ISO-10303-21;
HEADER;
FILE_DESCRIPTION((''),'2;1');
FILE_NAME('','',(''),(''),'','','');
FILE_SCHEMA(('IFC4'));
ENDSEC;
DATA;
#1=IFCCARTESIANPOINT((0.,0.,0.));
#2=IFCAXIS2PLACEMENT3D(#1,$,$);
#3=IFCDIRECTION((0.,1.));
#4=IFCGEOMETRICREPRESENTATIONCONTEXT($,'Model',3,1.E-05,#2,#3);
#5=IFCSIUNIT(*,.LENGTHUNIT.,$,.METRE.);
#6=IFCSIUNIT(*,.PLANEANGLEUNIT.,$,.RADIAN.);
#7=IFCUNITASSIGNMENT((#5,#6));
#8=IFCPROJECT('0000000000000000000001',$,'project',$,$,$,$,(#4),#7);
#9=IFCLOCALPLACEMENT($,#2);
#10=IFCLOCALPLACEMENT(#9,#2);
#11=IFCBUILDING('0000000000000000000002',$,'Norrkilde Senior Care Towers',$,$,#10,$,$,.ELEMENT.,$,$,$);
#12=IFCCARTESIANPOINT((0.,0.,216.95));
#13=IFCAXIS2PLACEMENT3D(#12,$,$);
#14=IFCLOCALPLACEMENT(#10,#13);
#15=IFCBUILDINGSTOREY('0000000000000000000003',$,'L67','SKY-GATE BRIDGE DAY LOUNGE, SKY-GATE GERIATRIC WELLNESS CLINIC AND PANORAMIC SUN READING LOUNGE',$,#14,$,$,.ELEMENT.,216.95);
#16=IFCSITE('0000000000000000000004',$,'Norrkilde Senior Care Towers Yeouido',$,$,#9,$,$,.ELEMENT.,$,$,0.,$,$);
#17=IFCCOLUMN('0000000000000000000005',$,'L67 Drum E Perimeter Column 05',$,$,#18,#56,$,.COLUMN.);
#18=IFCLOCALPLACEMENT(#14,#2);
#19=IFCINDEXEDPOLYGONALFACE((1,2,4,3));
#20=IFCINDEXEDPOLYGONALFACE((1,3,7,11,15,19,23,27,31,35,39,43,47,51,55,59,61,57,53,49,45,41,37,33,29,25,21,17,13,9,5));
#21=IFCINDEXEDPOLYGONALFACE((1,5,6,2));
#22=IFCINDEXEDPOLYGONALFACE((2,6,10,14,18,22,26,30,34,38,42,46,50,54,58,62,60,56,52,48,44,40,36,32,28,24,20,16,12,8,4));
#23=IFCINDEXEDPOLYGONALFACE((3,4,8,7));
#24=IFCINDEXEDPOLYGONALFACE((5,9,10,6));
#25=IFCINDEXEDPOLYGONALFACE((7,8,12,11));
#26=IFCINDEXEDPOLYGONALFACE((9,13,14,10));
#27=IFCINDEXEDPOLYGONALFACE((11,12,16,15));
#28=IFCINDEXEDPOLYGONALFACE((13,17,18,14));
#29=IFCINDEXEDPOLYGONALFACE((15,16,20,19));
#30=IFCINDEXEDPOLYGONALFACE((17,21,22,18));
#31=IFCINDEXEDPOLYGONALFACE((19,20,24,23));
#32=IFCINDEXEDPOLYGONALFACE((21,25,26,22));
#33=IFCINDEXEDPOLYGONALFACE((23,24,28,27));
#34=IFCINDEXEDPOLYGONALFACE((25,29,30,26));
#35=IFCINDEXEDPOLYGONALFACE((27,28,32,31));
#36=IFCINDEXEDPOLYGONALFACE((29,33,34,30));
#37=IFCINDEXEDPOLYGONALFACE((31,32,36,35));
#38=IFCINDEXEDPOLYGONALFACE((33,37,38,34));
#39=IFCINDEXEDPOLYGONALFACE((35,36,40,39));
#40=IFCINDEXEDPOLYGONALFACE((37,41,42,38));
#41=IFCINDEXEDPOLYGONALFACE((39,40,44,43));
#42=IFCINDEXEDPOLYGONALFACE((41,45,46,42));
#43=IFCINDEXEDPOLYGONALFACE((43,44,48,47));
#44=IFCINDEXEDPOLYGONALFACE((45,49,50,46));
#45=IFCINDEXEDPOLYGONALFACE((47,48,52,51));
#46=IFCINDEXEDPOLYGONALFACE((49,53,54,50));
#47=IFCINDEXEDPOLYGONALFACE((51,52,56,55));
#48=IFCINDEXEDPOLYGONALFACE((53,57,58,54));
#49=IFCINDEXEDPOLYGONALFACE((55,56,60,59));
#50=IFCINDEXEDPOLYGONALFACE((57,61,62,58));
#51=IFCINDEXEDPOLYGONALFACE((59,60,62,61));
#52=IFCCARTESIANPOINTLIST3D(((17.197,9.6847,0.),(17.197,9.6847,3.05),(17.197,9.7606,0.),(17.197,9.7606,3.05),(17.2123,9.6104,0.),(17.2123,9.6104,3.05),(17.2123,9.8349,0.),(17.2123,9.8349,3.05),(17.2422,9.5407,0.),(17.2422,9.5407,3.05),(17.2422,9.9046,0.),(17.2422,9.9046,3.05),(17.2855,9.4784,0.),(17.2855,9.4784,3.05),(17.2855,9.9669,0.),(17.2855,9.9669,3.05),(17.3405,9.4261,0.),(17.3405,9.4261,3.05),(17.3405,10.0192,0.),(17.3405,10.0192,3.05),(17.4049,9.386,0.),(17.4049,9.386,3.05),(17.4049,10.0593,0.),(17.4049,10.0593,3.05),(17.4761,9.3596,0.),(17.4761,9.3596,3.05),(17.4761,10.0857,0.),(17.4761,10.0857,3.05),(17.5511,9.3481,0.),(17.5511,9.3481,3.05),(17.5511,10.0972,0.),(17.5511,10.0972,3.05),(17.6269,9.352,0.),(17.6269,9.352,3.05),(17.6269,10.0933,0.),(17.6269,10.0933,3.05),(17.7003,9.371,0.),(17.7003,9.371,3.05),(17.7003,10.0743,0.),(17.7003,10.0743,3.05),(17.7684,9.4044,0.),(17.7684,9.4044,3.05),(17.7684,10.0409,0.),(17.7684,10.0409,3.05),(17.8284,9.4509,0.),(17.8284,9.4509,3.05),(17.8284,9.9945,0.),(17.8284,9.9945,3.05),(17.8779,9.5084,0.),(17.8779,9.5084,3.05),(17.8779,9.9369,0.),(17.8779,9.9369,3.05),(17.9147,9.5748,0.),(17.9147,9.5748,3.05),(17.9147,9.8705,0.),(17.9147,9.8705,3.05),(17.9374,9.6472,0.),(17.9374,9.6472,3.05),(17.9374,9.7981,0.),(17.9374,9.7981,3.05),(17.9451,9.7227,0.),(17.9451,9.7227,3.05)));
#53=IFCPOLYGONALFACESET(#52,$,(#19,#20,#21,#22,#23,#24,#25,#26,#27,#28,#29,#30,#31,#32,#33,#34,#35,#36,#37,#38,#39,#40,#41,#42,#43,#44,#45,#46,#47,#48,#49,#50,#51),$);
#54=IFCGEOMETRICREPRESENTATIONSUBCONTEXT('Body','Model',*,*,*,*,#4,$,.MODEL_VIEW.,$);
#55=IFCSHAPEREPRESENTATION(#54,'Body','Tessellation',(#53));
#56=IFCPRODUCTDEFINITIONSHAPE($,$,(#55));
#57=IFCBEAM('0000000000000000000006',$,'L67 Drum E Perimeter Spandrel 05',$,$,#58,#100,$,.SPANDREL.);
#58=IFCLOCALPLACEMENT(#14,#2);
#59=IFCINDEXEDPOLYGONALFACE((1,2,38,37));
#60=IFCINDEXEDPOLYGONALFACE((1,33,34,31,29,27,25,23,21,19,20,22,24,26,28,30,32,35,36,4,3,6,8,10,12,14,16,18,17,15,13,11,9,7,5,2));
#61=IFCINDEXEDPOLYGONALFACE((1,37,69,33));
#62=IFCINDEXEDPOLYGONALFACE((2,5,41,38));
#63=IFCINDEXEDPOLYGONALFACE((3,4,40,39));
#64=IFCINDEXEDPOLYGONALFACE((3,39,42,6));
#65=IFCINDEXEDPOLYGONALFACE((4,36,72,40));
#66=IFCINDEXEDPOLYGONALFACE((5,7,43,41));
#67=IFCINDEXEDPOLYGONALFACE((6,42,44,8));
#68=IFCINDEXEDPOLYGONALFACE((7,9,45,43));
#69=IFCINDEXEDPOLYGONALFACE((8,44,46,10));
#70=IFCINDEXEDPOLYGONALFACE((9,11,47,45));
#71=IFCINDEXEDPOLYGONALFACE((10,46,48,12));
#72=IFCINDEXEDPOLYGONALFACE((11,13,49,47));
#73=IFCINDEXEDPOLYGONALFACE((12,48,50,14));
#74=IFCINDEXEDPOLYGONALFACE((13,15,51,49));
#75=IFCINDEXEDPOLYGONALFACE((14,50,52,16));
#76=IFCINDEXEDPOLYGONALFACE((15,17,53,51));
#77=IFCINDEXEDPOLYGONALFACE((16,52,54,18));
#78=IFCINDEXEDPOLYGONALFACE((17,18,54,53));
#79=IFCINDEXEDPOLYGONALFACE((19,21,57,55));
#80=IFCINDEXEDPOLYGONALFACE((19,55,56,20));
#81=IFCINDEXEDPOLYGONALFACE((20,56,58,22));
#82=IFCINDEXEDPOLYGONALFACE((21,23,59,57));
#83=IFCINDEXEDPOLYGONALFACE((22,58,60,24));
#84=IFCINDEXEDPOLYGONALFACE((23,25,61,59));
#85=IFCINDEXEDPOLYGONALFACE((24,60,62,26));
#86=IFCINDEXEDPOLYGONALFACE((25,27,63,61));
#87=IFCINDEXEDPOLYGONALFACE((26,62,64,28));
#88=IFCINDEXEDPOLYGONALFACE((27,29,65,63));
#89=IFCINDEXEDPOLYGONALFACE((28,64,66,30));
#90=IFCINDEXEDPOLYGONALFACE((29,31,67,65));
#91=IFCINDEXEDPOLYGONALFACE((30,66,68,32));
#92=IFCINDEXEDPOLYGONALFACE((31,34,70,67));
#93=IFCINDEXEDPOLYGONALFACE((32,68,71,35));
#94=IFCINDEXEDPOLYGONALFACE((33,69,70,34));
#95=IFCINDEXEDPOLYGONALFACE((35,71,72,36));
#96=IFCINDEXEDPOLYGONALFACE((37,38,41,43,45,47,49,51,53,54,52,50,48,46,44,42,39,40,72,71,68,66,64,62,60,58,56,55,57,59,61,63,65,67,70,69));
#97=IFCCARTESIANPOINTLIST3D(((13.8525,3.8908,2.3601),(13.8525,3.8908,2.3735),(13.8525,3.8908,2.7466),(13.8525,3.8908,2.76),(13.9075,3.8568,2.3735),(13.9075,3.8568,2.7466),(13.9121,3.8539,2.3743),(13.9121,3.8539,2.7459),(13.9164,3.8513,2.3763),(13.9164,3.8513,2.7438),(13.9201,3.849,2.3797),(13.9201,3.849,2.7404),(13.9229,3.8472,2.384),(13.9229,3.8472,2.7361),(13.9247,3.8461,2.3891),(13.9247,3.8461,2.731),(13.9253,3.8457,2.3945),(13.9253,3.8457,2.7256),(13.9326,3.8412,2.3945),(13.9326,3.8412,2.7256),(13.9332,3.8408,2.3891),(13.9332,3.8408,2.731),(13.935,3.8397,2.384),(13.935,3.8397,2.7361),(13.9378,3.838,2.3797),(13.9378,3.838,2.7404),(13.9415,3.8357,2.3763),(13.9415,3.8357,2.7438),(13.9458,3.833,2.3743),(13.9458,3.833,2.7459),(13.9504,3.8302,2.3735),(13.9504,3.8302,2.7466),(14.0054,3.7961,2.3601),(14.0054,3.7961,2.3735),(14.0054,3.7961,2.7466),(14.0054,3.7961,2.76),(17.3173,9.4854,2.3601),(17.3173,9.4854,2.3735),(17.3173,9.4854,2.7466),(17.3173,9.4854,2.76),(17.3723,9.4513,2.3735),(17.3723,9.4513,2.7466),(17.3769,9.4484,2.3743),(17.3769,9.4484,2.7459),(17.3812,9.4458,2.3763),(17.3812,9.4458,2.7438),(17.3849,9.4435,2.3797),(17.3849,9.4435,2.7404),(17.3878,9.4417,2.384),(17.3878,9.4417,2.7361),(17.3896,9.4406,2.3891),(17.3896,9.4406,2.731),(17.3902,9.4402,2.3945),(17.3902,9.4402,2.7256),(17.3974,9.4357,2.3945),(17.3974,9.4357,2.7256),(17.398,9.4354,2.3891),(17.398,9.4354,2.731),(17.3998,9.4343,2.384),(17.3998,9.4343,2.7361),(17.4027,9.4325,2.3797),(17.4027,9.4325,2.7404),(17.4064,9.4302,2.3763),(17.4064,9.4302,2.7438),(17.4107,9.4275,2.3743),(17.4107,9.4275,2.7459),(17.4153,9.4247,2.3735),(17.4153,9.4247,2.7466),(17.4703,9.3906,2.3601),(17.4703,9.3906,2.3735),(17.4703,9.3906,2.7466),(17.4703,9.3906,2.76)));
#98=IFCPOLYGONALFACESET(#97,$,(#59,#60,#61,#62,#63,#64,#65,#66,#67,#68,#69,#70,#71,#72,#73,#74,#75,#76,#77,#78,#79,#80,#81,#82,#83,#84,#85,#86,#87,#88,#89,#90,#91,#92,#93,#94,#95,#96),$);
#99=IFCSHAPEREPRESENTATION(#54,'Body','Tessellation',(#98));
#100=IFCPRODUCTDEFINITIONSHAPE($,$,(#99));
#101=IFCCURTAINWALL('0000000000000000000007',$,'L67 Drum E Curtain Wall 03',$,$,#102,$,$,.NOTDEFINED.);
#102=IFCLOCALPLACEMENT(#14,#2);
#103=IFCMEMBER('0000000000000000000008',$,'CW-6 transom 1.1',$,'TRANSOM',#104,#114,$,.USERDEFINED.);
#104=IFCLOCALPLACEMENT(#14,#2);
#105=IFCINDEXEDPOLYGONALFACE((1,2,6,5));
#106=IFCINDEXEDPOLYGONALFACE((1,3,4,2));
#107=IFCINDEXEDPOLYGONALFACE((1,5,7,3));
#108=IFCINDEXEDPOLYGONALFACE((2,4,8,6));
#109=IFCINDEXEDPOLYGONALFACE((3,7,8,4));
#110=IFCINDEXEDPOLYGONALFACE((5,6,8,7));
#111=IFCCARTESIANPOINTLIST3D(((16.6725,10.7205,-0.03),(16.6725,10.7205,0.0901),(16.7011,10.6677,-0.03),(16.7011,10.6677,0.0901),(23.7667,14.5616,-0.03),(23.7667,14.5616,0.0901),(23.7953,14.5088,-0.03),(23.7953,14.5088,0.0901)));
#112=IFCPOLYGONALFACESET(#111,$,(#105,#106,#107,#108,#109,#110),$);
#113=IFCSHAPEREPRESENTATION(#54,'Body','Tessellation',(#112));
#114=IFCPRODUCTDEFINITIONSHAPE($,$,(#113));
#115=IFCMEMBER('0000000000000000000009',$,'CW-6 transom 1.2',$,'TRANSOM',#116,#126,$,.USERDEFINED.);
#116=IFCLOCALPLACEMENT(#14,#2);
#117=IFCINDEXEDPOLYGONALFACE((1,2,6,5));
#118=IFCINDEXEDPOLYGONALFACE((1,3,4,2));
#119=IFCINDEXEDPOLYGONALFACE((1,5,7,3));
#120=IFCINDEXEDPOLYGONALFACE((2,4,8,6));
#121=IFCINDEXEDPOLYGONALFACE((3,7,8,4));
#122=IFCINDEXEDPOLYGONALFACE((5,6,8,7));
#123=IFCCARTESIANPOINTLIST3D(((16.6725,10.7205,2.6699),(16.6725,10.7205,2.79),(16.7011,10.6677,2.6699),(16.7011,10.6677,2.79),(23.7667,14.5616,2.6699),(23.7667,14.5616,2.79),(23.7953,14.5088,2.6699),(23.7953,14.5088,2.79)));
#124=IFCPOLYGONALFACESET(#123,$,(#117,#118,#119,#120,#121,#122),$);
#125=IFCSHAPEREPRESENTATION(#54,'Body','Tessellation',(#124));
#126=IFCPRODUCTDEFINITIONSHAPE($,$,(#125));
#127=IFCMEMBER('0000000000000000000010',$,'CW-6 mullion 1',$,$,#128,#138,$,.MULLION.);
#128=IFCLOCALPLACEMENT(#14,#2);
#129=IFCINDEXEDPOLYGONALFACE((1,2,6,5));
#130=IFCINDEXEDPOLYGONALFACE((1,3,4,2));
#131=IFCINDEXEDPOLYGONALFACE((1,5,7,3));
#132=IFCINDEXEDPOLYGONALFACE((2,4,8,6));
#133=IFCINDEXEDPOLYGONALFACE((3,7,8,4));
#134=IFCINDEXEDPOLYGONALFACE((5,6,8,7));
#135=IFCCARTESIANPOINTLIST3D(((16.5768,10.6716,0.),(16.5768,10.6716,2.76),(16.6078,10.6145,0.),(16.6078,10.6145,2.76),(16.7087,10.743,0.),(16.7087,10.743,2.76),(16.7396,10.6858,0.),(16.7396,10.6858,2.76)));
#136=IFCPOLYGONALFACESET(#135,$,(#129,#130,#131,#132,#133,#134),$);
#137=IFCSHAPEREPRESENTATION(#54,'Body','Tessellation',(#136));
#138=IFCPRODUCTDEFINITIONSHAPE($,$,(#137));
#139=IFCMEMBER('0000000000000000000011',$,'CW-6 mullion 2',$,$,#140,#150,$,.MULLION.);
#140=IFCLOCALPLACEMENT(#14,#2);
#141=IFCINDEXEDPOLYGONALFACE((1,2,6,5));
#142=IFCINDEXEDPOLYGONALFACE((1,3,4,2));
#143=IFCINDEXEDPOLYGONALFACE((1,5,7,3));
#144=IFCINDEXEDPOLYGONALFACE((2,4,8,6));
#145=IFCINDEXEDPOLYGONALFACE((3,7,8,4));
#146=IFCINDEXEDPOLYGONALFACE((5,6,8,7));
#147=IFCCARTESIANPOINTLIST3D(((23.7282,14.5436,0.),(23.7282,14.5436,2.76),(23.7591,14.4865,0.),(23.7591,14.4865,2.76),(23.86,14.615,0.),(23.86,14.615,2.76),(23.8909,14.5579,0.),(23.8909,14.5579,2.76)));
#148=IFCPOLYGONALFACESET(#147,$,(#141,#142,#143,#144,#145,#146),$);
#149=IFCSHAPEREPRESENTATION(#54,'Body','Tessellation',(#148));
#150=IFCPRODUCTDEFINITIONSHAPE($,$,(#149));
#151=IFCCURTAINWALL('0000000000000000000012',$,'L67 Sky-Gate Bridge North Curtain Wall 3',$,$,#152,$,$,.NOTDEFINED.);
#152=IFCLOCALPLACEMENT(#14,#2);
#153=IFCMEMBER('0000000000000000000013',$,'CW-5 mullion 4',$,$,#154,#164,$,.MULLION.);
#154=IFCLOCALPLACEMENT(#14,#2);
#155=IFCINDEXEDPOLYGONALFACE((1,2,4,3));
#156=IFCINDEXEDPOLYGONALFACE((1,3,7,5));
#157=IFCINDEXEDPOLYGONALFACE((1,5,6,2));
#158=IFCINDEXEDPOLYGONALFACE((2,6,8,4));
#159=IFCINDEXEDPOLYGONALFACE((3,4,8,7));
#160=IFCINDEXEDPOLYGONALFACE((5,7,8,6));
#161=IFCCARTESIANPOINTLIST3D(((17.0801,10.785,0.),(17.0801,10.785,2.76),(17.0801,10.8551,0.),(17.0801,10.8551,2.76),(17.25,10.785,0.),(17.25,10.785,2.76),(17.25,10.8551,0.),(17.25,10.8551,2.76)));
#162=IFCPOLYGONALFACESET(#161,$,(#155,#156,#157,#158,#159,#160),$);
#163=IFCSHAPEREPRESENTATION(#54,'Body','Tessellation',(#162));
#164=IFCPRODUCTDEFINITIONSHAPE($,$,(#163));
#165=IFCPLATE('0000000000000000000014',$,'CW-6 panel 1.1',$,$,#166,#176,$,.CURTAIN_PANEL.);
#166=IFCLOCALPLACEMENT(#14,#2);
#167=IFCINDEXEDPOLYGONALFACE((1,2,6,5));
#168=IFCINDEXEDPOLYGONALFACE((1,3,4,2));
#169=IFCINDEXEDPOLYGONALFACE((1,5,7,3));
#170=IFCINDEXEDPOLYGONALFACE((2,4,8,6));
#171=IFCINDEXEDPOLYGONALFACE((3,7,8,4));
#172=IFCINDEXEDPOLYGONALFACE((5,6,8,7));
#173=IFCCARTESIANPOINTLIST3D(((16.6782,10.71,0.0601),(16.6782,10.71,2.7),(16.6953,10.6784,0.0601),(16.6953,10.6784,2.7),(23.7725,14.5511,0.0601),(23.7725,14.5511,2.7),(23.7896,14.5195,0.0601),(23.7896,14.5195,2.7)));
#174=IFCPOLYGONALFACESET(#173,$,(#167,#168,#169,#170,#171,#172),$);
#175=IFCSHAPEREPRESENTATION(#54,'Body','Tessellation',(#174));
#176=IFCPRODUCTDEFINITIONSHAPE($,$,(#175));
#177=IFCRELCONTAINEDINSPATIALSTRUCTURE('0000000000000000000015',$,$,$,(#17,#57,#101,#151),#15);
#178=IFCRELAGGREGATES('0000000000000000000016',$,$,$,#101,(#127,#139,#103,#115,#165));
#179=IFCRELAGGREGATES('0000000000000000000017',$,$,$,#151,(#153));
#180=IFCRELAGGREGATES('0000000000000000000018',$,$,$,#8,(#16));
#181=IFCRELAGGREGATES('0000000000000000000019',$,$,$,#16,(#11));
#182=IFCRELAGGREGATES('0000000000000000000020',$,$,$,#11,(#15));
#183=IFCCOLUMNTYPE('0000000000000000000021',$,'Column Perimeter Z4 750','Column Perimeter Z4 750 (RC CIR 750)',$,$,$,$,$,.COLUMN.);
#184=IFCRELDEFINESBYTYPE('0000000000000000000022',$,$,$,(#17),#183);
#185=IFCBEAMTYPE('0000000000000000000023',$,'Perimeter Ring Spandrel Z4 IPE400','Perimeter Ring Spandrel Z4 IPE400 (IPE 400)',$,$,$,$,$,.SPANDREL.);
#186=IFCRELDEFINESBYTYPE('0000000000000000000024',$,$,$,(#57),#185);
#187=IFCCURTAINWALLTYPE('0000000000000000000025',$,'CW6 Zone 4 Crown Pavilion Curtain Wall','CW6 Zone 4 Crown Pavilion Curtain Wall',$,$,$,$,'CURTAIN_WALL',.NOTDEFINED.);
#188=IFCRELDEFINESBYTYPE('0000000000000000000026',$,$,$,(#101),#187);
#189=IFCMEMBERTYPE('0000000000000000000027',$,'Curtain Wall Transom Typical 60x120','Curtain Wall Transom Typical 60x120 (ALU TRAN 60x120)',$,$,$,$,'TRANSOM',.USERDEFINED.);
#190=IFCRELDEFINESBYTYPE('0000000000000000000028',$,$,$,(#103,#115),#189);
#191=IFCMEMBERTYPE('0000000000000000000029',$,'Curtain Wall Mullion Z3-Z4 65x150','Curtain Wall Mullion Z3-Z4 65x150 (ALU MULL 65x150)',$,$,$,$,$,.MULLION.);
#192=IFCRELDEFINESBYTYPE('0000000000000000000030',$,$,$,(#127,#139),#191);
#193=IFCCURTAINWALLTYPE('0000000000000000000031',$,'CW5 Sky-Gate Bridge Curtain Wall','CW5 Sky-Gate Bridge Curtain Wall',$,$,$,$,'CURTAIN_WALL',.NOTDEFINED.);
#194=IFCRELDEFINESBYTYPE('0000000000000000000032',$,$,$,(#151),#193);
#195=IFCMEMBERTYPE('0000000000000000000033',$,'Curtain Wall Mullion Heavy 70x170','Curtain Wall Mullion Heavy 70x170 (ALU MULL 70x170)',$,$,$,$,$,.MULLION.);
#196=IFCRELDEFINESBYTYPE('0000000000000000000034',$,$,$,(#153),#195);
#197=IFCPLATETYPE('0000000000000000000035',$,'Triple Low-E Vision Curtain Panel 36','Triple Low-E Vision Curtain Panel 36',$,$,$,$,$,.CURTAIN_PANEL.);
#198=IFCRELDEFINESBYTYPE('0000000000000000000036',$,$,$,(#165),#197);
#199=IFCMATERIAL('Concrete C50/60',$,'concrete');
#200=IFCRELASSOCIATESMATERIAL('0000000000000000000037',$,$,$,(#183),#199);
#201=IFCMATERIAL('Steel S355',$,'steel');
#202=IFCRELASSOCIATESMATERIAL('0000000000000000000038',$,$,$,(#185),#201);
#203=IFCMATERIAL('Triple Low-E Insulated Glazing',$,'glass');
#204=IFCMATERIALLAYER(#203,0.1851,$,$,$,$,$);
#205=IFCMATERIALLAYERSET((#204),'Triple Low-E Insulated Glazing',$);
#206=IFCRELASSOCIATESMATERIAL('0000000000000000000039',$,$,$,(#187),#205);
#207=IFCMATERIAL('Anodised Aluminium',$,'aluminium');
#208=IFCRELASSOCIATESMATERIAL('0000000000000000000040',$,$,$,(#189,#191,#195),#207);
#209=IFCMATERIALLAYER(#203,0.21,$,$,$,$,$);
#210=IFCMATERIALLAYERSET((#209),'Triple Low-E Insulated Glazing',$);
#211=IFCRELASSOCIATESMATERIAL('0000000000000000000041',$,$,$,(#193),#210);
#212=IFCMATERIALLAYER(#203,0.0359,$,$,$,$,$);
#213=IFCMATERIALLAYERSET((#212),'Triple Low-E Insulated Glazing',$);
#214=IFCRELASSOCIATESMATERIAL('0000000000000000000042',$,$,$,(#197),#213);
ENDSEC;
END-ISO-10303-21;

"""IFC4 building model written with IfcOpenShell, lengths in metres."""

from ifc_helpers import new_model, si_unit, direction, frame, origin, origin_2d, place, context, subcontext, project, spatial, rectangle, circle, i_section, extrude, source, transform, mapped, material, layer, layer_set, material_profile, profile_set, type_object, type_shapes, element, aggregate, save


model = new_model("IFC4")

# Units and contexts
model_context = context("Model", 3, precision=1e-05, world=origin(), true_north=direction((0.0, 1.0)))
body_context = subcontext(model_context, "Body", "Model", "MODEL_VIEW")
ifc_project = project(units=[si_unit("LENGTHUNIT", "METRE"), si_unit("PLANEANGLEUNIT", "RADIAN")], contexts=[model_context])

# Site, building, storey
site_placement = place(None, origin())
site = spatial("IfcSite", under=ifc_project, at=site_placement, Name="Norrkilde Senior Care Towers Yeouido", CompositionType="ELEMENT", RefElevation=0.0)
building_placement = place(site_placement, origin())
building = spatial("IfcBuilding", under=site, at=building_placement, Name="Norrkilde Senior Care Towers", CompositionType="ELEMENT")
storey_placement = place(building_placement, frame((0.0, 0.0, 216.95)))
storey = spatial("IfcBuildingStorey", under=building, at=storey_placement, Name="L67", Description="SKY-GATE BRIDGE DAY LOUNGE, SKY-GATE GERIATRIC WELLNESS CLINIC AND PANORAMIC SUN READING LOUNGE", CompositionType="ELEMENT", Elevation=216.95)

# Column
ifc_material_1 = material(Name="Concrete C50/60", Category="concrete")
ifc_material_profile_1 = material_profile(ifc_material_1, circle(Radius=0.375, at=origin_2d()), Name="RC CIR 750")
ifc_profile_set_1 = profile_set([ifc_material_profile_1], Name="Concrete C50/60")
column_type = type_object("IfcColumnType", Name="Column Perimeter Z4 750", Description="Column Perimeter Z4 750 (RC CIR 750)", PredefinedType="COLUMN", material=ifc_profile_set_1)
shared_shape_1 = source(origin(), body_context, "Body", "SweptSolid", [
    extrude(circle(Radius=0.375, at=origin_2d()), origin(), (0.0, 0.0, 1.0), 3.05),
])
type_shapes(column_type, [shared_shape_1])
column_placement = place(storey_placement, frame((17.5701, 9.7227, 0.0), z_axis=(0.0, 0.0, 1.0), x_axis=(1.0, 0.0, 0.0)))
element("IfcColumn", 1, at=column_placement, inside=storey, type_object=column_type, Name="L67 Drum E Perimeter Column 05", PredefinedType="COLUMN", context=body_context, shape_type="MappedRepresentation", body=[
    mapped(shared_shape_1, transform((0.0, 0.0, 0.0), x_axis=(1.0, 0.0, 0.0), y_axis=(0.0, 1.0, 0.0), z_axis=(0.0, 0.0, 1.0), scale=1.0)),
])

# Beam
ifc_material_2 = material(Name="Steel S355", Category="steel")
ifc_material_profile_2 = material_profile(ifc_material_2, i_section(OverallWidth=0.1799, OverallDepth=0.3999, WebThickness=0.0085, FlangeThickness=0.0134, FilletRadius=0.021, at=origin_2d()), Name="IPE 400")
ifc_profile_set_2 = profile_set([ifc_material_profile_2], Name="Steel S355")
beam_type = type_object("IfcBeamType", Name="Perimeter Ring Spandrel Z4 IPE400", Description="Perimeter Ring Spandrel Z4 IPE400 (IPE 400)", PredefinedType="SPANDREL", material=ifc_profile_set_2)
shared_shape_2 = source(origin(), body_context, "Body", "SweptSolid", [
    extrude(i_section(OverallWidth=0.1799, OverallDepth=0.3999, WebThickness=0.0085, FlangeThickness=0.0134, FilletRadius=0.021, at=origin_2d()), origin(), (0.0, 0.0, 1.0), 6.5806),
])
type_shapes(beam_type, [shared_shape_2])
beam_placement = place(storey_placement, frame((17.3938, 9.438, 2.5601), z_axis=(-0.52653, -0.850157, 0.0), x_axis=(0.850157, -0.52653, 0.0)))
element("IfcBeam", 2, at=beam_placement, inside=storey, type_object=beam_type, Name="L67 Drum E Perimeter Spandrel 05", PredefinedType="SPANDREL", context=body_context, shape_type="MappedRepresentation", body=[
    mapped(shared_shape_2, transform((0.0, 0.0, 0.0), x_axis=(1.0, 0.0, 0.0), y_axis=(0.0, 1.0, 0.0), z_axis=(0.0, 0.0, 1.0), scale=1.0)),
])

# Curtain wall, members
ifc_material_3 = material(Name="Triple Low-E Insulated Glazing", Category="glass")
ifc_layer_1 = layer(ifc_material_3, 0.1851)
ifc_layer_set_1 = layer_set([ifc_layer_1], Name="Triple Low-E Insulated Glazing")
curtain_wall_type_1 = type_object("IfcCurtainWallType", Name="CW6 Zone 4 Crown Pavilion Curtain Wall", Description="CW6 Zone 4 Crown Pavilion Curtain Wall", ElementType="CURTAIN_WALL", PredefinedType="NOTDEFINED", material=ifc_layer_set_1)
curtain_wall_1_placement = place(storey_placement, origin())
curtain_wall_1 = element("IfcCurtainWall", 3, at=curtain_wall_1_placement, inside=storey, type_object=curtain_wall_type_1, Name="L67 Drum E Curtain Wall 03", PredefinedType="NOTDEFINED")
ifc_material_4 = material(Name="Anodised Aluminium", Category="aluminium")
ifc_material_profile_3 = material_profile(ifc_material_4, rectangle(XDim=0.0601, YDim=0.1201, at=origin_2d()), Name="ALU TRAN 60x120")
ifc_profile_set_3 = profile_set([ifc_material_profile_3], Name="Anodised Aluminium")
member_type_1 = type_object("IfcMemberType", Name="Curtain Wall Transom Typical 60x120", Description="Curtain Wall Transom Typical 60x120 (ALU TRAN 60x120)", ElementType="TRANSOM", PredefinedType="USERDEFINED", material=ifc_profile_set_3)
shared_shape_3 = source(origin(), body_context, "Body", "SweptSolid", [
    extrude(rectangle(XDim=0.0601, YDim=0.1201, at=origin_2d()), origin(), (0.0, 0.0, 1.0), 8.0674),
])
type_shapes(member_type_1, [shared_shape_3])
member_1_placement = place(storey_placement, frame((16.6868, 10.6941, 0.03), z_axis=(0.879378, 0.476125, 0.0), x_axis=(-0.476125, 0.879378, 0.0)))
member_1 = element("IfcMember", 4, at=member_1_placement, type_object=member_type_1, Name="CW-6 transom 1.1", ObjectType="TRANSOM", PredefinedType="USERDEFINED", context=body_context, shape_type="MappedRepresentation", body=[
    mapped(shared_shape_3, transform((0.0, 0.0, 0.0), x_axis=(1.0, 0.0, 0.0), y_axis=(0.0, 1.0, 0.0), z_axis=(0.0, 0.0, 1.0), scale=1.0)),
])
member_2_placement = place(storey_placement, frame((16.6868, 10.6941, 2.73), z_axis=(0.879378, 0.476125, 0.0), x_axis=(-0.476125, 0.879378, 0.0)))
member_2 = element("IfcMember", 5, at=member_2_placement, type_object=member_type_1, Name="CW-6 transom 1.2", ObjectType="TRANSOM", PredefinedType="USERDEFINED", context=body_context, shape_type="MappedRepresentation", body=[
    mapped(shared_shape_3, transform((0.0, 0.0, 0.0), x_axis=(1.0, 0.0, 0.0), y_axis=(0.0, 1.0, 0.0), z_axis=(0.0, 0.0, 1.0), scale=1.0)),
])
ifc_material_profile_4 = material_profile(ifc_material_4, rectangle(XDim=0.0649, YDim=0.1499, at=origin_2d()), Name="ALU MULL 65x150")
ifc_profile_set_4 = profile_set([ifc_material_profile_4], Name="Anodised Aluminium")
member_type_2 = type_object("IfcMemberType", Name="Curtain Wall Mullion Z3-Z4 65x150", Description="Curtain Wall Mullion Z3-Z4 65x150 (ALU MULL 65x150)", PredefinedType="MULLION", material=ifc_profile_set_4)
shared_shape_4 = source(origin(), body_context, "Body", "SweptSolid", [
    extrude(rectangle(XDim=0.0649, YDim=0.1499, at=origin_2d()), origin(), (0.0, 0.0, 1.0), 2.76),
])
type_shapes(member_type_2, [shared_shape_4])
member_3_placement = place(storey_placement, frame((16.6582, 10.6787, 0.0), z_axis=(0.0, 0.0, 1.0), x_axis=(-0.476133, 0.879373, 0.0)))
member_3 = element("IfcMember", 6, at=member_3_placement, type_object=member_type_2, Name="CW-6 mullion 1", PredefinedType="MULLION", context=body_context, shape_type="MappedRepresentation", body=[
    mapped(shared_shape_4, transform((0.0, 0.0, 0.0), x_axis=(1.0, 0.0, 0.0), y_axis=(0.0, 1.0, 0.0), z_axis=(0.0, 0.0, 1.0), scale=1.0)),
])
member_4_placement = place(storey_placement, frame((23.8096, 14.5508, 0.0), z_axis=(0.0, 0.0, 1.0), x_axis=(-0.476133, 0.879373, 0.0)))
member_4 = element("IfcMember", 7, at=member_4_placement, type_object=member_type_2, Name="CW-6 mullion 2", PredefinedType="MULLION", context=body_context, shape_type="MappedRepresentation", body=[
    mapped(shared_shape_4, transform((0.0, 0.0, 0.0), x_axis=(1.0, 0.0, 0.0), y_axis=(0.0, 1.0, 0.0), z_axis=(0.0, 0.0, 1.0), scale=1.0)),
])

# Curtain wall, member
ifc_layer_2 = layer(ifc_material_3, 0.21)
ifc_layer_set_2 = layer_set([ifc_layer_2], Name="Triple Low-E Insulated Glazing")
curtain_wall_type_2 = type_object("IfcCurtainWallType", Name="CW5 Sky-Gate Bridge Curtain Wall", Description="CW5 Sky-Gate Bridge Curtain Wall", ElementType="CURTAIN_WALL", PredefinedType="NOTDEFINED", material=ifc_layer_set_2)
curtain_wall_2_placement = place(storey_placement, origin())
curtain_wall_2 = element("IfcCurtainWall", 8, at=curtain_wall_2_placement, inside=storey, type_object=curtain_wall_type_2, Name="L67 Sky-Gate Bridge North Curtain Wall 3", PredefinedType="NOTDEFINED")
ifc_material_profile_5 = material_profile(ifc_material_4, rectangle(XDim=0.0701, YDim=0.1699, at=origin_2d()), Name="ALU MULL 70x170")
ifc_profile_set_5 = profile_set([ifc_material_profile_5], Name="Anodised Aluminium")
member_type_3 = type_object("IfcMemberType", Name="Curtain Wall Mullion Heavy 70x170", Description="Curtain Wall Mullion Heavy 70x170 (ALU MULL 70x170)", PredefinedType="MULLION", material=ifc_profile_set_5)
shared_shape_5 = source(origin(), body_context, "Body", "SweptSolid", [
    extrude(rectangle(XDim=0.0701, YDim=0.1699, at=origin_2d()), origin(), (0.0, 0.0, 1.0), 2.76),
])
type_shapes(member_type_3, [shared_shape_5])
member_5_placement = place(storey_placement, frame((17.165, 10.8201, 0.0), z_axis=(0.0, 0.0, 1.0), x_axis=(0.0, 1.0, 0.0)))
member_5 = element("IfcMember", 9, at=member_5_placement, type_object=member_type_3, Name="CW-5 mullion 4", PredefinedType="MULLION", context=body_context, shape_type="MappedRepresentation", body=[
    mapped(shared_shape_5, transform((0.0, 0.0, 0.0), x_axis=(1.0, 0.0, 0.0), y_axis=(0.0, 1.0, 0.0), z_axis=(0.0, 0.0, 1.0), scale=1.0)),
])

# Plate
ifc_layer_3 = layer(ifc_material_3, 0.0359)
ifc_layer_set_3 = layer_set([ifc_layer_3], Name="Triple Low-E Insulated Glazing")
plate_type = type_object("IfcPlateType", Name="Triple Low-E Vision Curtain Panel 36", Description="Triple Low-E Vision Curtain Panel 36", PredefinedType="CURTAIN_PANEL", material=ifc_layer_set_3)
shared_shape_6 = source(origin(), body_context, "Body", "SweptSolid", [
    extrude(rectangle(XDim=8.0674, YDim=0.0359, at=origin_2d()), origin(), (0.0, 0.0, 1.0), 2.6399),
])
plate_1_placement = place(storey_placement, frame((20.2339, 12.6147, 0.0601), z_axis=(0.0, 0.0, 1.0), x_axis=(0.879373, 0.476133, 0.0)))
plate_1 = element("IfcPlate", 10, at=plate_1_placement, type_object=plate_type, Name="CW-6 panel 1.1", PredefinedType="CURTAIN_PANEL", context=body_context, shape_type="MappedRepresentation", body=[
    mapped(shared_shape_6, transform((0.0, 0.0, 0.0), x_axis=(1.0, 0.0, 0.0), y_axis=(0.0, 1.0, 0.0), z_axis=(0.0, 0.0, 1.0), scale=1.0)),
])
aggregate(curtain_wall_1, [member_3, member_4, member_1, member_2, plate_1])
aggregate(curtain_wall_2, [member_5])

save(model, "model.ifc")
